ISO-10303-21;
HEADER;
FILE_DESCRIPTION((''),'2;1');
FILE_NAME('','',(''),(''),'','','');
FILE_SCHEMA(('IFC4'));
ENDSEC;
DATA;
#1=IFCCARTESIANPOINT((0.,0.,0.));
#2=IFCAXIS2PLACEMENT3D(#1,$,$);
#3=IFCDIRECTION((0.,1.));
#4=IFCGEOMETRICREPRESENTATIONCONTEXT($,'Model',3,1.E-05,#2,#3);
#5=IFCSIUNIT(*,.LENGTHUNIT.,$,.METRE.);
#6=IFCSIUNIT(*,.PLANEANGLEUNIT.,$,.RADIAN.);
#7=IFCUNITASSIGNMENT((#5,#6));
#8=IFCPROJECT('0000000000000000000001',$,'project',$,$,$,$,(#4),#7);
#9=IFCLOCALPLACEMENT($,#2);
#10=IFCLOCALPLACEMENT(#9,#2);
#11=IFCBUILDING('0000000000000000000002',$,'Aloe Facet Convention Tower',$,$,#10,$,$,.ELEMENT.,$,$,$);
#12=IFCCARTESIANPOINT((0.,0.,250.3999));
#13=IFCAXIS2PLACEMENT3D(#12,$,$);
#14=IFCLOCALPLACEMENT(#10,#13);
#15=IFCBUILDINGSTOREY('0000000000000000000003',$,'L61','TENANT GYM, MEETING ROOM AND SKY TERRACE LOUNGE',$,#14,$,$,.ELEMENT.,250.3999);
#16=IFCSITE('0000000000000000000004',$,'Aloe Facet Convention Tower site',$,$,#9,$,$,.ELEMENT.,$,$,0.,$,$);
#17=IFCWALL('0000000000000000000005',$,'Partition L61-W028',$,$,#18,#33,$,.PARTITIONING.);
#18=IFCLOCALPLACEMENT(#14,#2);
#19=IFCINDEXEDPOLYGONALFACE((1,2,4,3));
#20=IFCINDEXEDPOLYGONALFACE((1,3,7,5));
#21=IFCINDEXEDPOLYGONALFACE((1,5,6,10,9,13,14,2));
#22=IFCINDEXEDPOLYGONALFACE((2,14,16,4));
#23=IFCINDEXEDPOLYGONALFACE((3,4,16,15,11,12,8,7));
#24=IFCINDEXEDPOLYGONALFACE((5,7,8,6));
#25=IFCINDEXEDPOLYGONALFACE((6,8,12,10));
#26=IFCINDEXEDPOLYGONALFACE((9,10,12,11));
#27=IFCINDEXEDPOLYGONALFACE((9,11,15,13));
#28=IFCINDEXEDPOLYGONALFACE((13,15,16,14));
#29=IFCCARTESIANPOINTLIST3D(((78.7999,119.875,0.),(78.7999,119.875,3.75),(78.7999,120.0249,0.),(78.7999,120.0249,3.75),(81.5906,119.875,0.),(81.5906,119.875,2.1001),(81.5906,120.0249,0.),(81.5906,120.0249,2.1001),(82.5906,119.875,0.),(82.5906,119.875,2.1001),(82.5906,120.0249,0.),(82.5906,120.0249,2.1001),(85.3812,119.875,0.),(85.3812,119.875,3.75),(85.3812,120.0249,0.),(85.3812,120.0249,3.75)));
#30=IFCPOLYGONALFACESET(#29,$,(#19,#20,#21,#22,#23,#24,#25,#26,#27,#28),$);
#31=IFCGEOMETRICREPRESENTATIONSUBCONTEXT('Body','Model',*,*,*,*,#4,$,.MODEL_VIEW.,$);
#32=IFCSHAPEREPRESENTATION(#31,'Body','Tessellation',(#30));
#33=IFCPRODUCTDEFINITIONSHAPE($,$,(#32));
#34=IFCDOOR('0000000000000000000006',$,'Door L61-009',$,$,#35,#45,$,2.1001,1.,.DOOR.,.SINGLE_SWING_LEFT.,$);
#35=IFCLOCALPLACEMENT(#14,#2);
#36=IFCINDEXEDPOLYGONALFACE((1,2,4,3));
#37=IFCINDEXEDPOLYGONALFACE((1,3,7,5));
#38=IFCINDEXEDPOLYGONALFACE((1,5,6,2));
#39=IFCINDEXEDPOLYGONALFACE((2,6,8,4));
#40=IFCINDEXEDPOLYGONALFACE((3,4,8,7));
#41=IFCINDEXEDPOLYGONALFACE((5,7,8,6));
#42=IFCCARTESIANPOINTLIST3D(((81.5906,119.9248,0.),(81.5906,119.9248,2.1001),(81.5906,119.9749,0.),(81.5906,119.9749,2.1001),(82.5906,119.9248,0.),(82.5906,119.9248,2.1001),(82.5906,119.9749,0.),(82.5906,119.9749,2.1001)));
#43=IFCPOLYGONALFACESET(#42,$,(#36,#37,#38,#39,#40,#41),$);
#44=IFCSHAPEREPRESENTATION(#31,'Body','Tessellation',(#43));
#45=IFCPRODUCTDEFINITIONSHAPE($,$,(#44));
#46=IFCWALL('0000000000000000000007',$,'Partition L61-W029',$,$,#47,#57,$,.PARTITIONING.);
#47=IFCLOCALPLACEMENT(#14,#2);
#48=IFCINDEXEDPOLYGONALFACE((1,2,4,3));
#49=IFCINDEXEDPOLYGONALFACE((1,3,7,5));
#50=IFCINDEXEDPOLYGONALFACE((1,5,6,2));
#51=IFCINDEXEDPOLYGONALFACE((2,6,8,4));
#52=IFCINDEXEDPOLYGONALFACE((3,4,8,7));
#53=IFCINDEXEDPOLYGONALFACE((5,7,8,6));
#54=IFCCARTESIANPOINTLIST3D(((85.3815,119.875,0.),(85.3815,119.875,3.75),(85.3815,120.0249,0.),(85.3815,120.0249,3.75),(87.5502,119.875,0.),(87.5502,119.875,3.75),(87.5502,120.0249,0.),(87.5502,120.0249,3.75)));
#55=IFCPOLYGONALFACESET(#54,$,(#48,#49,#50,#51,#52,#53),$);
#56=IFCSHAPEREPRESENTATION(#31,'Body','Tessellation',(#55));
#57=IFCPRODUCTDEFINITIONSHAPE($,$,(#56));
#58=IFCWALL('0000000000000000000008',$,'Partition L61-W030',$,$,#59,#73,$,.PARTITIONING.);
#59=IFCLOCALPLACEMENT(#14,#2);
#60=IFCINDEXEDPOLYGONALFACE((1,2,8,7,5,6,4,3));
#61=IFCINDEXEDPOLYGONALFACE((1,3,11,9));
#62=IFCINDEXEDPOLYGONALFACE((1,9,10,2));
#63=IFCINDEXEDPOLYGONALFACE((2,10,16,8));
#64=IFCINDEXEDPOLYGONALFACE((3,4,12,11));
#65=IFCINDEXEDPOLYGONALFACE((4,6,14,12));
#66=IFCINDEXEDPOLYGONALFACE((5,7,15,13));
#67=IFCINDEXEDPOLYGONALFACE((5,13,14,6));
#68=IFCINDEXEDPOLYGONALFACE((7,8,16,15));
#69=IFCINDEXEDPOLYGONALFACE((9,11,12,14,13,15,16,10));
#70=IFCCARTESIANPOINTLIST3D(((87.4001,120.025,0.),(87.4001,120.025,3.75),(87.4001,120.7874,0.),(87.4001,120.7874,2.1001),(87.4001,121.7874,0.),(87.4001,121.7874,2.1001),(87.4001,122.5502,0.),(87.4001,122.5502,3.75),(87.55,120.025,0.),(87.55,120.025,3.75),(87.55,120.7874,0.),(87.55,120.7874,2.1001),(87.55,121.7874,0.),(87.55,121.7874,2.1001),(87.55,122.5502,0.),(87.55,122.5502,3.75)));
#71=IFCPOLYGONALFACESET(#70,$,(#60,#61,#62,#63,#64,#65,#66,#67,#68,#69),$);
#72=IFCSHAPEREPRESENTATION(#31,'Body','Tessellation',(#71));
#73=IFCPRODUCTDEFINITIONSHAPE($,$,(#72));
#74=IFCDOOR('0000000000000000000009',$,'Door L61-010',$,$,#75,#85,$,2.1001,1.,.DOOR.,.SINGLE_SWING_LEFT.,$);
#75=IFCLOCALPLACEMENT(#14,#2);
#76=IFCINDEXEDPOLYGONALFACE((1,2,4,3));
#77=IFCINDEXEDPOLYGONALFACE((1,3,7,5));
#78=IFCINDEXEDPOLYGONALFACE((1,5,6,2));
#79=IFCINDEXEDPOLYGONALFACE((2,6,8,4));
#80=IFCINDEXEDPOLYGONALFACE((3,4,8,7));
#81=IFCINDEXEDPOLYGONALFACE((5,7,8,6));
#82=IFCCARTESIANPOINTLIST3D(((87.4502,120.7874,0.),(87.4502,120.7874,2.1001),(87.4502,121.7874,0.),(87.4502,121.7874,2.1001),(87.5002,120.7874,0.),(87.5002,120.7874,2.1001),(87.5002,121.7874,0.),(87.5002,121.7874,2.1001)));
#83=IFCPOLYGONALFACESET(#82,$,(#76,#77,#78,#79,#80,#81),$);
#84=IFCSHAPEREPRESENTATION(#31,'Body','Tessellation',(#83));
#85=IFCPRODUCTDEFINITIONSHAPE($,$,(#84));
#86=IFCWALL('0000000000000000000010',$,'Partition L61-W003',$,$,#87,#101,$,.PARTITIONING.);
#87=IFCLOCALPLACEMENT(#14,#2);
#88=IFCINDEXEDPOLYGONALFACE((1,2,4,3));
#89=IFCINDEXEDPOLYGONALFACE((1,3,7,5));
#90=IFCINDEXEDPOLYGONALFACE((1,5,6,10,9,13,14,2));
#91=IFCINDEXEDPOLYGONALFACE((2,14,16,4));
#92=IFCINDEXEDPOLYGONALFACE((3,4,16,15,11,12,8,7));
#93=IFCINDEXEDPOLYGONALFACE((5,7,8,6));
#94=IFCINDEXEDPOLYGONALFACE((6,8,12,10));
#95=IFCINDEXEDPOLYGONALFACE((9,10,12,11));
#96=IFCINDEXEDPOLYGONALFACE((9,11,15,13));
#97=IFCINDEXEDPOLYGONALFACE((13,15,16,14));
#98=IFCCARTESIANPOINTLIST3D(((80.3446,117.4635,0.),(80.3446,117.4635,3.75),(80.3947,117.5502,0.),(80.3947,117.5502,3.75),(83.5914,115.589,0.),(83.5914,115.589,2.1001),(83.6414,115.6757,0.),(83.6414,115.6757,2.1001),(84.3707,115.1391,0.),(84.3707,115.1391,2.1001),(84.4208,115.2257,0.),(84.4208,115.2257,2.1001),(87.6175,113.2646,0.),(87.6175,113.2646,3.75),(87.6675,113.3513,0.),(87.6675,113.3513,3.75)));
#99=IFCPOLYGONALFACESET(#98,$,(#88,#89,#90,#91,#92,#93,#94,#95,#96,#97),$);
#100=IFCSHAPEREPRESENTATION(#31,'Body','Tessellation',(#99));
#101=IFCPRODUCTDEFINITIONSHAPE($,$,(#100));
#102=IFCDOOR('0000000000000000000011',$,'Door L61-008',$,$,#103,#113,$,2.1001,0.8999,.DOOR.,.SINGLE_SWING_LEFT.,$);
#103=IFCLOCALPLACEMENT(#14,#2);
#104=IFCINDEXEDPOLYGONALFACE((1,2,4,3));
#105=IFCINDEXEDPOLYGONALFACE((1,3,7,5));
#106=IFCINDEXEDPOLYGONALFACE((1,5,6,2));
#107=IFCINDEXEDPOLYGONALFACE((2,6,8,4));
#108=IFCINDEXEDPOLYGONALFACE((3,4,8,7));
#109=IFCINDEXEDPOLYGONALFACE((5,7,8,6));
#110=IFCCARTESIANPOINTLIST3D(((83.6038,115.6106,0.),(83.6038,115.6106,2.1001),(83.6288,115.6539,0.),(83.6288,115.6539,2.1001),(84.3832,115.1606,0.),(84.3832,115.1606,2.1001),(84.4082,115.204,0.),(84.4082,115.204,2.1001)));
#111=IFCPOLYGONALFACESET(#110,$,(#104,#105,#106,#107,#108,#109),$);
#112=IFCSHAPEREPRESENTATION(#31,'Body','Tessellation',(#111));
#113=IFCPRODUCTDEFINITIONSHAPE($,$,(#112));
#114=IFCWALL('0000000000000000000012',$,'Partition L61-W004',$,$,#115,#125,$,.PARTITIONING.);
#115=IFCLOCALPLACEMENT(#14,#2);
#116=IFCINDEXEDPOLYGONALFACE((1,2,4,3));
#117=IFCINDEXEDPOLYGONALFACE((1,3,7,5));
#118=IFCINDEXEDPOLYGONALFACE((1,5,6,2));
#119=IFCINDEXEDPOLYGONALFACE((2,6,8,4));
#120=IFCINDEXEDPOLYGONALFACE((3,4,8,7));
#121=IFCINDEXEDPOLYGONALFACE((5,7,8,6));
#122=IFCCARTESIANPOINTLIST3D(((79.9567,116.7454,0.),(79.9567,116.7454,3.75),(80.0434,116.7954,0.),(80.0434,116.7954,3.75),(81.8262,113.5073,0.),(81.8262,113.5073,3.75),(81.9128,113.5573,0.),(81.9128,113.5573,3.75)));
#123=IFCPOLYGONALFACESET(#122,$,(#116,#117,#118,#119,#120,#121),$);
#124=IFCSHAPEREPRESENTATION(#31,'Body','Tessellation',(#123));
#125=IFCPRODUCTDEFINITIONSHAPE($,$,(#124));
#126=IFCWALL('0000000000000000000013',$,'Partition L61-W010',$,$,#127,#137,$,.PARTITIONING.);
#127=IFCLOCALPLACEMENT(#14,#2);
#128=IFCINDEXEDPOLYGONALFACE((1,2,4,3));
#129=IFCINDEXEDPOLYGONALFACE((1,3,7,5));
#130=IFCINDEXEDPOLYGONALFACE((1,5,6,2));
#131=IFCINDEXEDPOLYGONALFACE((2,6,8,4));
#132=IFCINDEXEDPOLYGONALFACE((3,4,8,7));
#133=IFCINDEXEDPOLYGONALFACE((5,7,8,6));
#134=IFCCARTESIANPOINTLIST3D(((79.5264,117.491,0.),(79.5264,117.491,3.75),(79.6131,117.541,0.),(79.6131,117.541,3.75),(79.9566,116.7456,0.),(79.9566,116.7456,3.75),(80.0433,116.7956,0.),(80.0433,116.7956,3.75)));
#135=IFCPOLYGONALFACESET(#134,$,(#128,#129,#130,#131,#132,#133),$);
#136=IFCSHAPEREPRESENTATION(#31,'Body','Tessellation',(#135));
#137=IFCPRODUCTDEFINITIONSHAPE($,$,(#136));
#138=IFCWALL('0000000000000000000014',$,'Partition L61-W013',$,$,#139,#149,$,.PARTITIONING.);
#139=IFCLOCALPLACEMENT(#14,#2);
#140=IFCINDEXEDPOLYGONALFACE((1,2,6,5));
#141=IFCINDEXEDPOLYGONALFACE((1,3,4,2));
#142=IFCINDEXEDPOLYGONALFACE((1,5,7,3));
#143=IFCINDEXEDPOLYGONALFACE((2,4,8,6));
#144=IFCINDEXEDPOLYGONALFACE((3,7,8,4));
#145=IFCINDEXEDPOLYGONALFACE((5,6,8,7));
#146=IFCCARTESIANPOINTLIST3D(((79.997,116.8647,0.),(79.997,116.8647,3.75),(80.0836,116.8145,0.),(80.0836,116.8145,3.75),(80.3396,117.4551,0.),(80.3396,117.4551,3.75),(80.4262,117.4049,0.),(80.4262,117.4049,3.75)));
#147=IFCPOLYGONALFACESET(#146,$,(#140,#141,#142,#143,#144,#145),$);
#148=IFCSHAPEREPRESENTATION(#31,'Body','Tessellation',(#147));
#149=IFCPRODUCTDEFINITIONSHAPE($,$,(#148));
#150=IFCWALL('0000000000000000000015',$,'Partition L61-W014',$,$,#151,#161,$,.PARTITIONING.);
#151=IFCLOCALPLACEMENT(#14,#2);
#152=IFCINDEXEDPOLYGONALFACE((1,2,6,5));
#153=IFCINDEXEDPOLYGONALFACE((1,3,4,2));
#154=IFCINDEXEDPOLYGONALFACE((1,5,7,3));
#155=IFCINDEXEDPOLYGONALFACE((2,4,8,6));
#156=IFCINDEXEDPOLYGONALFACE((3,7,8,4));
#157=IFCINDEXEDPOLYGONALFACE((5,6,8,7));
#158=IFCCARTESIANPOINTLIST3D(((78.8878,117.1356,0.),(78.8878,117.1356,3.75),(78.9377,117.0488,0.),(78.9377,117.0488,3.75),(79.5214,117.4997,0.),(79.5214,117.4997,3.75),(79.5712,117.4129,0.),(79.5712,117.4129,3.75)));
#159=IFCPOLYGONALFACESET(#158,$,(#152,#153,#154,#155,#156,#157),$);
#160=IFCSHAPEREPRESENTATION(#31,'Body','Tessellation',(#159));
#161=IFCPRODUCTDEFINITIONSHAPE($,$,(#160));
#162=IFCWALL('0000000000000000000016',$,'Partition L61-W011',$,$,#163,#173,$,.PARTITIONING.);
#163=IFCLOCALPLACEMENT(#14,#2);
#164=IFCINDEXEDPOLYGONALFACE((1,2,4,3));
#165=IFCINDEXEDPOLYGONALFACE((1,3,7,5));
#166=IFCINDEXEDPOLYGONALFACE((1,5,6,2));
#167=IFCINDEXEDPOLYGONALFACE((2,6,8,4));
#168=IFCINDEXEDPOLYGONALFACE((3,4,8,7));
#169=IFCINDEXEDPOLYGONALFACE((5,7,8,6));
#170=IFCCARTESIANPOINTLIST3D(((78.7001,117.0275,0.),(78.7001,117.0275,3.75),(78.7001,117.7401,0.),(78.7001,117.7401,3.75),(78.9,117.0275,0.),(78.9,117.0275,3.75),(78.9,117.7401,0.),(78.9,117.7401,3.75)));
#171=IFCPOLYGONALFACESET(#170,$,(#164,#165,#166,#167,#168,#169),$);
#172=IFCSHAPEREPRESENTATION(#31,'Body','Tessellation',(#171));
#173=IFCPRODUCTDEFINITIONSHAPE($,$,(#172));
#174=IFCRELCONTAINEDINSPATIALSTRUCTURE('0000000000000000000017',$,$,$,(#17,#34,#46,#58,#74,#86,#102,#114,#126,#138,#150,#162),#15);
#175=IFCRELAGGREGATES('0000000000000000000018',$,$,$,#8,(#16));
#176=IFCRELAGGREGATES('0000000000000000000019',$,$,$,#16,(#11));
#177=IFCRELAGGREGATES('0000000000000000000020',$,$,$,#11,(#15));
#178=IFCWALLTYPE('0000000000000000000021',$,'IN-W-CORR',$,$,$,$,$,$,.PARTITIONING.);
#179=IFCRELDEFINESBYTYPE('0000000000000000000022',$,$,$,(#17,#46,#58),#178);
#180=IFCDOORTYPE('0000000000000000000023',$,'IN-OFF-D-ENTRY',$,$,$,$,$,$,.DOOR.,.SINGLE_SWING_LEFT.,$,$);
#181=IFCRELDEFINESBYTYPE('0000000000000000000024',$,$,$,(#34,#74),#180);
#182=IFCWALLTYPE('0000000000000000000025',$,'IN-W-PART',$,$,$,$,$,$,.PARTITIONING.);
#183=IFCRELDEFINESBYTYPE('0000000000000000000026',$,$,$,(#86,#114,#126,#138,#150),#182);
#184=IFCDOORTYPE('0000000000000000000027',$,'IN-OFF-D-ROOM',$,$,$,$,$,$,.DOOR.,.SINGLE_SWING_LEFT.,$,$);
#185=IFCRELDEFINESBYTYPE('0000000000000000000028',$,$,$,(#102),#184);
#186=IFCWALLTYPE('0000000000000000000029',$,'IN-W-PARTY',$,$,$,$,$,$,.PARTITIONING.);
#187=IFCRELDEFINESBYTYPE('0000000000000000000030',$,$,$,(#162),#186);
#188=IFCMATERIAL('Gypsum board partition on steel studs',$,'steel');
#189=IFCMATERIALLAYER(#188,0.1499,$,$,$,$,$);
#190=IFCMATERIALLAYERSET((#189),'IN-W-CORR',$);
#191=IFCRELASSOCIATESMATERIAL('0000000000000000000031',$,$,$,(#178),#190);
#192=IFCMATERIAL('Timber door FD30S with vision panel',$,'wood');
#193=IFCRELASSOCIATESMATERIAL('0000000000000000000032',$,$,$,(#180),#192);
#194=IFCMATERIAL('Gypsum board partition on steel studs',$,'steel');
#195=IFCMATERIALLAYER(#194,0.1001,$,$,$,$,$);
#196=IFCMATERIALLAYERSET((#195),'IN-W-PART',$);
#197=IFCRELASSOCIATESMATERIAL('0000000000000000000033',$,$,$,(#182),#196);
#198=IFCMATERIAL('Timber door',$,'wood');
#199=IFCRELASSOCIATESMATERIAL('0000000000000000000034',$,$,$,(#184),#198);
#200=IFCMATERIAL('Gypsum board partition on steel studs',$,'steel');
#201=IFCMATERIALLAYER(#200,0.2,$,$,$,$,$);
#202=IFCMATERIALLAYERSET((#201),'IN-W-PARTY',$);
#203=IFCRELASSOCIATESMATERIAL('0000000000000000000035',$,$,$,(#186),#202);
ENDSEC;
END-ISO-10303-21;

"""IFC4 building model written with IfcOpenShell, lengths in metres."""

from ifc_helpers import new_model, si_unit, direction, frame, frame_2d, origin, place, context, subcontext, project, spatial, rectangle, extrude, material, layer, layer_set, type_object, element, fill, save


model = new_model("IFC4")

# Units and contexts
model_context = context("Model", 3, precision=1e-05, world=origin(), true_north=direction((0.0, 1.0)))
body_context = subcontext(model_context, "Body", "Model", "MODEL_VIEW")
ifc_project = project(units=[si_unit("LENGTHUNIT", "METRE"), si_unit("PLANEANGLEUNIT", "RADIAN")], contexts=[model_context])

# Site, building, storey
site_placement = place(None, origin())
site = spatial("IfcSite", under=ifc_project, at=site_placement, Name="Aloe Facet Convention Tower site", CompositionType="ELEMENT", RefElevation=0.0)
building_placement = place(site_placement, origin())
building = spatial("IfcBuilding", under=site, at=building_placement, Name="Aloe Facet Convention Tower", CompositionType="ELEMENT")
storey_placement = place(building_placement, frame((0.0, 0.0, 250.3999)))
storey = spatial("IfcBuildingStorey", under=building, at=storey_placement, Name="L61", Description="TENANT GYM, MEETING ROOM AND SKY TERRACE LOUNGE", CompositionType="ELEMENT", Elevation=250.3999)

# Wall, opening, door
ifc_material_1 = material(Name="Gypsum board partition on steel studs", Category="steel")
ifc_layer_1 = layer(ifc_material_1, 0.1499)
ifc_layer_set_1 = layer_set([ifc_layer_1], Name="IN-W-CORR")
wall_type_1 = type_object("IfcWallType", Name="IN-W-CORR", PredefinedType="PARTITIONING", material=ifc_layer_set_1)
wall_1_placement = place(storey_placement, frame((78.8, 119.95, 0.0), z_axis=(0.0, 0.0, 1.0), x_axis=(1.0, 0.0, 0.0)))
wall_1 = element("IfcWall", 1, at=wall_1_placement, inside=storey, type_object=wall_type_1, Name="Partition L61-W028", PredefinedType="PARTITIONING", context=body_context, shape_type="SweptSolid", body=[
    extrude(rectangle(XDim=6.5813, YDim=0.1499, at=frame_2d((3.2905, 0.0))), origin(), (0.0, 0.0, 1.0), 3.75),
])
opening_1_placement = place(wall_1_placement, frame((2.7905, 0.0, 0.0)))
opening_1 = element("IfcOpeningElement", 2, at=opening_1_placement, cuts=wall_1, PredefinedType="OPENING", context=body_context, shape_type="SweptSolid", body=[
    extrude(rectangle(XDim=1.0, YDim=2.1001, at=frame_2d((0.5, 1.05))), frame((0.0, 0.085, 0.0), z_axis=(0.0, -1.0, 0.0), x_axis=(1.0, 0.0, 0.0)), (0.0, 0.0, 1.0), 0.1699),
])
ifc_material_2 = material(Name="Timber door FD30S with vision panel", Category="wood")
door_type_1 = type_object("IfcDoorType", Name="IN-OFF-D-ENTRY", OperationType="SINGLE_SWING_LEFT", PredefinedType="DOOR", material=ifc_material_2)
door_1_placement = place(opening_1_placement, origin())
door_1 = element("IfcDoor", 3, at=door_1_placement, inside=storey, type_object=door_type_1, Name="Door L61-009", OperationType="SINGLE_SWING_LEFT", OverallHeight=2.1001, OverallWidth=1.0, PredefinedType="DOOR", context=body_context, shape_type="SweptSolid", body=[
    extrude(rectangle(XDim=1.0, YDim=2.1001, at=frame_2d((0.5, 1.05))), frame((0.0, 0.0249, 0.0), z_axis=(0.0, -1.0, 0.0), x_axis=(1.0, 0.0, 0.0)), (0.0, 0.0, 1.0), 0.05),
])
fill(opening_1, door_1)

# Wall
wall_2_placement = place(storey_placement, frame((85.3813, 119.95, 0.0), z_axis=(0.0, 0.0, 1.0), x_axis=(1.0, 0.0, 0.0)))
element("IfcWall", 4, at=wall_2_placement, inside=storey, type_object=wall_type_1, Name="Partition L61-W029", PredefinedType="PARTITIONING", context=body_context, shape_type="SweptSolid", body=[
    extrude(rectangle(XDim=2.1687, YDim=0.1499, at=frame_2d((1.0845, 0.0))), origin(), (0.0, 0.0, 1.0), 3.75),
])

# Walls, openings, doors
wall_3_placement = place(storey_placement, frame((87.4751, 120.0249, 0.0), z_axis=(0.0, 0.0, 1.0), x_axis=(0.0, 1.0, 0.0)))
wall_3 = element("IfcWall", 5, at=wall_3_placement, inside=storey, type_object=wall_type_1, Name="Partition L61-W030", PredefinedType="PARTITIONING", context=body_context, shape_type="SweptSolid", body=[
    extrude(rectangle(XDim=2.5251, YDim=0.1499, at=frame_2d((1.2627, 0.0))), origin(), (0.0, 0.0, 1.0), 3.75),
])
opening_2_placement = place(wall_3_placement, frame((0.7625, 0.0, 0.0)))
opening_2 = element("IfcOpeningElement", 6, at=opening_2_placement, cuts=wall_3, PredefinedType="OPENING", context=body_context, shape_type="SweptSolid", body=[
    extrude(rectangle(XDim=1.0, YDim=2.1001, at=frame_2d((0.5, 1.05))), frame((0.0, 0.085, 0.0), z_axis=(0.0, -1.0, 0.0), x_axis=(1.0, 0.0, 0.0)), (0.0, 0.0, 1.0), 0.1699),
])
door_2_placement = place(opening_2_placement, origin())
door_2 = element("IfcDoor", 7, at=door_2_placement, inside=storey, type_object=door_type_1, Name="Door L61-010", OperationType="SINGLE_SWING_LEFT", OverallHeight=2.1001, OverallWidth=1.0, PredefinedType="DOOR", context=body_context, shape_type="SweptSolid", body=[
    extrude(rectangle(XDim=1.0, YDim=2.1001, at=frame_2d((0.5, 1.05))), frame((0.0, 0.0249, 0.0), z_axis=(0.0, -1.0, 0.0), x_axis=(1.0, 0.0, 0.0)), (0.0, 0.0, 1.0), 0.05),
])
fill(opening_2, door_2)
ifc_material_3 = material(Name="Gypsum board partition on steel studs", Category="steel")
ifc_layer_2 = layer(ifc_material_3, 0.1001)
ifc_layer_set_2 = layer_set([ifc_layer_2], Name="IN-W-PART")
wall_type_2 = type_object("IfcWallType", Name="IN-W-PART", PredefinedType="PARTITIONING", material=ifc_layer_set_2)
wall_4_placement = place(storey_placement, frame((80.3696, 117.5068, 0.0), z_axis=(0.0, 0.0, 1.0), x_axis=(0.866029, -0.499994, 0.0)))
wall_4 = element("IfcWall", 8, at=wall_4_placement, inside=storey, type_object=wall_type_2, Name="Partition L61-W003", PredefinedType="PARTITIONING", context=body_context, shape_type="SweptSolid", body=[
    extrude(rectangle(XDim=8.3979, YDim=0.1001, at=frame_2d((4.199, 0.0))), origin(), (0.0, 0.0, 1.0), 3.75),
])
opening_3_placement = place(wall_4_placement, frame((3.749, 0.0, 0.0)))
opening_3 = element("IfcOpeningElement", 9, at=opening_3_placement, cuts=wall_4, PredefinedType="OPENING", context=body_context, shape_type="SweptSolid", body=[
    extrude(rectangle(XDim=0.8999, YDim=2.1001, at=frame_2d((0.45, 1.05))), frame((0.0, 0.0601, 0.0), z_axis=(0.0, -1.0, 0.0), x_axis=(1.0, 0.0, 0.0)), (0.0, 0.0, 1.0), 0.1201),
])
ifc_material_4 = material(Name="Timber door", Category="wood")
door_type_2 = type_object("IfcDoorType", Name="IN-OFF-D-ROOM", OperationType="SINGLE_SWING_LEFT", PredefinedType="DOOR", material=ifc_material_4)
door_3_placement = place(opening_3_placement, origin())
door_3 = element("IfcDoor", 10, at=door_3_placement, inside=storey, type_object=door_type_2, Name="Door L61-008", OperationType="SINGLE_SWING_LEFT", OverallHeight=2.1001, OverallWidth=0.8999, PredefinedType="DOOR", context=body_context, shape_type="SweptSolid", body=[
    extrude(rectangle(XDim=0.8999, YDim=2.1001, at=frame_2d((0.45, 1.05))), frame((0.0, 0.0249, 0.0), z_axis=(0.0, -1.0, 0.0), x_axis=(1.0, 0.0, 0.0)), (0.0, 0.0, 1.0), 0.05),
])
fill(opening_3, door_3)

# Walls
wall_5_placement = place(storey_placement, frame((80.0, 116.7705, 0.0), z_axis=(0.0, 0.0, 1.0), x_axis=(0.499981, -0.866037, 0.0)))
element("IfcWall", 11, at=wall_5_placement, inside=storey, type_object=wall_type_2, Name="Partition L61-W004", PredefinedType="PARTITIONING", context=body_context, shape_type="SweptSolid", body=[
    extrude(rectangle(XDim=3.739, YDim=0.1001, at=frame_2d((1.8696, 0.0))), origin(), (0.0, 0.0, 1.0), 3.75),
])
wall_6_placement = place(storey_placement, frame((79.5698, 117.5159, 0.0), z_axis=(0.0, 0.0, 1.0), x_axis=(0.499862, -0.866105, 0.0)))
element("IfcWall", 12, at=wall_6_placement, inside=storey, type_object=wall_type_2, Name="Partition L61-W010", PredefinedType="PARTITIONING", context=body_context, shape_type="SweptSolid", body=[
    extrude(rectangle(XDim=0.8606, YDim=0.1001, at=frame_2d((0.4302, 0.0))), origin(), (0.0, 0.0, 1.0), 3.75),
])
wall_7_placement = place(storey_placement, frame((80.0403, 116.8396, 0.0), z_axis=(0.0, 0.0, 1.0), x_axis=(0.501868, 0.864944, 0.0)))
element("IfcWall", 13, at=wall_7_placement, inside=storey, type_object=wall_type_2, Name="Partition L61-W013", PredefinedType="PARTITIONING", context=body_context, shape_type="SweptSolid", body=[
    extrude(rectangle(XDim=0.6826, YDim=0.1001, at=frame_2d((0.3413, 0.0))), origin(), (0.0, 0.0, 1.0), 3.75),
])
wall_8_placement = place(storey_placement, frame((78.9128, 117.0923, 0.0), z_axis=(0.0, 0.0, 1.0), x_axis=(0.867069, 0.498189, 0.0)))
element("IfcWall", 14, at=wall_8_placement, inside=storey, type_object=wall_type_2, Name="Partition L61-W014", PredefinedType="PARTITIONING", context=body_context, shape_type="SweptSolid", body=[
    extrude(rectangle(XDim=0.7307, YDim=0.1001, at=frame_2d((0.3652, 0.0))), origin(), (0.0, 0.0, 1.0), 3.75),
])
ifc_material_5 = material(Name="Gypsum board partition on steel studs", Category="steel")
ifc_layer_3 = layer(ifc_material_5, 0.2)
ifc_layer_set_3 = layer_set([ifc_layer_3], Name="IN-W-PARTY")
wall_type_3 = type_object("IfcWallType", Name="IN-W-PARTY", PredefinedType="PARTITIONING", material=ifc_layer_set_3)
wall_9_placement = place(storey_placement, frame((78.8, 117.0273, 0.0), z_axis=(0.0, 0.0, 1.0), x_axis=(0.0, 1.0, 0.0)))
element("IfcWall", 15, at=wall_9_placement, inside=storey, type_object=wall_type_3, Name="Partition L61-W011", PredefinedType="PARTITIONING", context=body_context, shape_type="SweptSolid", body=[
    extrude(rectangle(XDim=0.7126, YDim=0.2, at=frame_2d((0.3564, 0.0))), origin(), (0.0, 0.0, 1.0), 3.75),
])

save(model, "model.ifc")
